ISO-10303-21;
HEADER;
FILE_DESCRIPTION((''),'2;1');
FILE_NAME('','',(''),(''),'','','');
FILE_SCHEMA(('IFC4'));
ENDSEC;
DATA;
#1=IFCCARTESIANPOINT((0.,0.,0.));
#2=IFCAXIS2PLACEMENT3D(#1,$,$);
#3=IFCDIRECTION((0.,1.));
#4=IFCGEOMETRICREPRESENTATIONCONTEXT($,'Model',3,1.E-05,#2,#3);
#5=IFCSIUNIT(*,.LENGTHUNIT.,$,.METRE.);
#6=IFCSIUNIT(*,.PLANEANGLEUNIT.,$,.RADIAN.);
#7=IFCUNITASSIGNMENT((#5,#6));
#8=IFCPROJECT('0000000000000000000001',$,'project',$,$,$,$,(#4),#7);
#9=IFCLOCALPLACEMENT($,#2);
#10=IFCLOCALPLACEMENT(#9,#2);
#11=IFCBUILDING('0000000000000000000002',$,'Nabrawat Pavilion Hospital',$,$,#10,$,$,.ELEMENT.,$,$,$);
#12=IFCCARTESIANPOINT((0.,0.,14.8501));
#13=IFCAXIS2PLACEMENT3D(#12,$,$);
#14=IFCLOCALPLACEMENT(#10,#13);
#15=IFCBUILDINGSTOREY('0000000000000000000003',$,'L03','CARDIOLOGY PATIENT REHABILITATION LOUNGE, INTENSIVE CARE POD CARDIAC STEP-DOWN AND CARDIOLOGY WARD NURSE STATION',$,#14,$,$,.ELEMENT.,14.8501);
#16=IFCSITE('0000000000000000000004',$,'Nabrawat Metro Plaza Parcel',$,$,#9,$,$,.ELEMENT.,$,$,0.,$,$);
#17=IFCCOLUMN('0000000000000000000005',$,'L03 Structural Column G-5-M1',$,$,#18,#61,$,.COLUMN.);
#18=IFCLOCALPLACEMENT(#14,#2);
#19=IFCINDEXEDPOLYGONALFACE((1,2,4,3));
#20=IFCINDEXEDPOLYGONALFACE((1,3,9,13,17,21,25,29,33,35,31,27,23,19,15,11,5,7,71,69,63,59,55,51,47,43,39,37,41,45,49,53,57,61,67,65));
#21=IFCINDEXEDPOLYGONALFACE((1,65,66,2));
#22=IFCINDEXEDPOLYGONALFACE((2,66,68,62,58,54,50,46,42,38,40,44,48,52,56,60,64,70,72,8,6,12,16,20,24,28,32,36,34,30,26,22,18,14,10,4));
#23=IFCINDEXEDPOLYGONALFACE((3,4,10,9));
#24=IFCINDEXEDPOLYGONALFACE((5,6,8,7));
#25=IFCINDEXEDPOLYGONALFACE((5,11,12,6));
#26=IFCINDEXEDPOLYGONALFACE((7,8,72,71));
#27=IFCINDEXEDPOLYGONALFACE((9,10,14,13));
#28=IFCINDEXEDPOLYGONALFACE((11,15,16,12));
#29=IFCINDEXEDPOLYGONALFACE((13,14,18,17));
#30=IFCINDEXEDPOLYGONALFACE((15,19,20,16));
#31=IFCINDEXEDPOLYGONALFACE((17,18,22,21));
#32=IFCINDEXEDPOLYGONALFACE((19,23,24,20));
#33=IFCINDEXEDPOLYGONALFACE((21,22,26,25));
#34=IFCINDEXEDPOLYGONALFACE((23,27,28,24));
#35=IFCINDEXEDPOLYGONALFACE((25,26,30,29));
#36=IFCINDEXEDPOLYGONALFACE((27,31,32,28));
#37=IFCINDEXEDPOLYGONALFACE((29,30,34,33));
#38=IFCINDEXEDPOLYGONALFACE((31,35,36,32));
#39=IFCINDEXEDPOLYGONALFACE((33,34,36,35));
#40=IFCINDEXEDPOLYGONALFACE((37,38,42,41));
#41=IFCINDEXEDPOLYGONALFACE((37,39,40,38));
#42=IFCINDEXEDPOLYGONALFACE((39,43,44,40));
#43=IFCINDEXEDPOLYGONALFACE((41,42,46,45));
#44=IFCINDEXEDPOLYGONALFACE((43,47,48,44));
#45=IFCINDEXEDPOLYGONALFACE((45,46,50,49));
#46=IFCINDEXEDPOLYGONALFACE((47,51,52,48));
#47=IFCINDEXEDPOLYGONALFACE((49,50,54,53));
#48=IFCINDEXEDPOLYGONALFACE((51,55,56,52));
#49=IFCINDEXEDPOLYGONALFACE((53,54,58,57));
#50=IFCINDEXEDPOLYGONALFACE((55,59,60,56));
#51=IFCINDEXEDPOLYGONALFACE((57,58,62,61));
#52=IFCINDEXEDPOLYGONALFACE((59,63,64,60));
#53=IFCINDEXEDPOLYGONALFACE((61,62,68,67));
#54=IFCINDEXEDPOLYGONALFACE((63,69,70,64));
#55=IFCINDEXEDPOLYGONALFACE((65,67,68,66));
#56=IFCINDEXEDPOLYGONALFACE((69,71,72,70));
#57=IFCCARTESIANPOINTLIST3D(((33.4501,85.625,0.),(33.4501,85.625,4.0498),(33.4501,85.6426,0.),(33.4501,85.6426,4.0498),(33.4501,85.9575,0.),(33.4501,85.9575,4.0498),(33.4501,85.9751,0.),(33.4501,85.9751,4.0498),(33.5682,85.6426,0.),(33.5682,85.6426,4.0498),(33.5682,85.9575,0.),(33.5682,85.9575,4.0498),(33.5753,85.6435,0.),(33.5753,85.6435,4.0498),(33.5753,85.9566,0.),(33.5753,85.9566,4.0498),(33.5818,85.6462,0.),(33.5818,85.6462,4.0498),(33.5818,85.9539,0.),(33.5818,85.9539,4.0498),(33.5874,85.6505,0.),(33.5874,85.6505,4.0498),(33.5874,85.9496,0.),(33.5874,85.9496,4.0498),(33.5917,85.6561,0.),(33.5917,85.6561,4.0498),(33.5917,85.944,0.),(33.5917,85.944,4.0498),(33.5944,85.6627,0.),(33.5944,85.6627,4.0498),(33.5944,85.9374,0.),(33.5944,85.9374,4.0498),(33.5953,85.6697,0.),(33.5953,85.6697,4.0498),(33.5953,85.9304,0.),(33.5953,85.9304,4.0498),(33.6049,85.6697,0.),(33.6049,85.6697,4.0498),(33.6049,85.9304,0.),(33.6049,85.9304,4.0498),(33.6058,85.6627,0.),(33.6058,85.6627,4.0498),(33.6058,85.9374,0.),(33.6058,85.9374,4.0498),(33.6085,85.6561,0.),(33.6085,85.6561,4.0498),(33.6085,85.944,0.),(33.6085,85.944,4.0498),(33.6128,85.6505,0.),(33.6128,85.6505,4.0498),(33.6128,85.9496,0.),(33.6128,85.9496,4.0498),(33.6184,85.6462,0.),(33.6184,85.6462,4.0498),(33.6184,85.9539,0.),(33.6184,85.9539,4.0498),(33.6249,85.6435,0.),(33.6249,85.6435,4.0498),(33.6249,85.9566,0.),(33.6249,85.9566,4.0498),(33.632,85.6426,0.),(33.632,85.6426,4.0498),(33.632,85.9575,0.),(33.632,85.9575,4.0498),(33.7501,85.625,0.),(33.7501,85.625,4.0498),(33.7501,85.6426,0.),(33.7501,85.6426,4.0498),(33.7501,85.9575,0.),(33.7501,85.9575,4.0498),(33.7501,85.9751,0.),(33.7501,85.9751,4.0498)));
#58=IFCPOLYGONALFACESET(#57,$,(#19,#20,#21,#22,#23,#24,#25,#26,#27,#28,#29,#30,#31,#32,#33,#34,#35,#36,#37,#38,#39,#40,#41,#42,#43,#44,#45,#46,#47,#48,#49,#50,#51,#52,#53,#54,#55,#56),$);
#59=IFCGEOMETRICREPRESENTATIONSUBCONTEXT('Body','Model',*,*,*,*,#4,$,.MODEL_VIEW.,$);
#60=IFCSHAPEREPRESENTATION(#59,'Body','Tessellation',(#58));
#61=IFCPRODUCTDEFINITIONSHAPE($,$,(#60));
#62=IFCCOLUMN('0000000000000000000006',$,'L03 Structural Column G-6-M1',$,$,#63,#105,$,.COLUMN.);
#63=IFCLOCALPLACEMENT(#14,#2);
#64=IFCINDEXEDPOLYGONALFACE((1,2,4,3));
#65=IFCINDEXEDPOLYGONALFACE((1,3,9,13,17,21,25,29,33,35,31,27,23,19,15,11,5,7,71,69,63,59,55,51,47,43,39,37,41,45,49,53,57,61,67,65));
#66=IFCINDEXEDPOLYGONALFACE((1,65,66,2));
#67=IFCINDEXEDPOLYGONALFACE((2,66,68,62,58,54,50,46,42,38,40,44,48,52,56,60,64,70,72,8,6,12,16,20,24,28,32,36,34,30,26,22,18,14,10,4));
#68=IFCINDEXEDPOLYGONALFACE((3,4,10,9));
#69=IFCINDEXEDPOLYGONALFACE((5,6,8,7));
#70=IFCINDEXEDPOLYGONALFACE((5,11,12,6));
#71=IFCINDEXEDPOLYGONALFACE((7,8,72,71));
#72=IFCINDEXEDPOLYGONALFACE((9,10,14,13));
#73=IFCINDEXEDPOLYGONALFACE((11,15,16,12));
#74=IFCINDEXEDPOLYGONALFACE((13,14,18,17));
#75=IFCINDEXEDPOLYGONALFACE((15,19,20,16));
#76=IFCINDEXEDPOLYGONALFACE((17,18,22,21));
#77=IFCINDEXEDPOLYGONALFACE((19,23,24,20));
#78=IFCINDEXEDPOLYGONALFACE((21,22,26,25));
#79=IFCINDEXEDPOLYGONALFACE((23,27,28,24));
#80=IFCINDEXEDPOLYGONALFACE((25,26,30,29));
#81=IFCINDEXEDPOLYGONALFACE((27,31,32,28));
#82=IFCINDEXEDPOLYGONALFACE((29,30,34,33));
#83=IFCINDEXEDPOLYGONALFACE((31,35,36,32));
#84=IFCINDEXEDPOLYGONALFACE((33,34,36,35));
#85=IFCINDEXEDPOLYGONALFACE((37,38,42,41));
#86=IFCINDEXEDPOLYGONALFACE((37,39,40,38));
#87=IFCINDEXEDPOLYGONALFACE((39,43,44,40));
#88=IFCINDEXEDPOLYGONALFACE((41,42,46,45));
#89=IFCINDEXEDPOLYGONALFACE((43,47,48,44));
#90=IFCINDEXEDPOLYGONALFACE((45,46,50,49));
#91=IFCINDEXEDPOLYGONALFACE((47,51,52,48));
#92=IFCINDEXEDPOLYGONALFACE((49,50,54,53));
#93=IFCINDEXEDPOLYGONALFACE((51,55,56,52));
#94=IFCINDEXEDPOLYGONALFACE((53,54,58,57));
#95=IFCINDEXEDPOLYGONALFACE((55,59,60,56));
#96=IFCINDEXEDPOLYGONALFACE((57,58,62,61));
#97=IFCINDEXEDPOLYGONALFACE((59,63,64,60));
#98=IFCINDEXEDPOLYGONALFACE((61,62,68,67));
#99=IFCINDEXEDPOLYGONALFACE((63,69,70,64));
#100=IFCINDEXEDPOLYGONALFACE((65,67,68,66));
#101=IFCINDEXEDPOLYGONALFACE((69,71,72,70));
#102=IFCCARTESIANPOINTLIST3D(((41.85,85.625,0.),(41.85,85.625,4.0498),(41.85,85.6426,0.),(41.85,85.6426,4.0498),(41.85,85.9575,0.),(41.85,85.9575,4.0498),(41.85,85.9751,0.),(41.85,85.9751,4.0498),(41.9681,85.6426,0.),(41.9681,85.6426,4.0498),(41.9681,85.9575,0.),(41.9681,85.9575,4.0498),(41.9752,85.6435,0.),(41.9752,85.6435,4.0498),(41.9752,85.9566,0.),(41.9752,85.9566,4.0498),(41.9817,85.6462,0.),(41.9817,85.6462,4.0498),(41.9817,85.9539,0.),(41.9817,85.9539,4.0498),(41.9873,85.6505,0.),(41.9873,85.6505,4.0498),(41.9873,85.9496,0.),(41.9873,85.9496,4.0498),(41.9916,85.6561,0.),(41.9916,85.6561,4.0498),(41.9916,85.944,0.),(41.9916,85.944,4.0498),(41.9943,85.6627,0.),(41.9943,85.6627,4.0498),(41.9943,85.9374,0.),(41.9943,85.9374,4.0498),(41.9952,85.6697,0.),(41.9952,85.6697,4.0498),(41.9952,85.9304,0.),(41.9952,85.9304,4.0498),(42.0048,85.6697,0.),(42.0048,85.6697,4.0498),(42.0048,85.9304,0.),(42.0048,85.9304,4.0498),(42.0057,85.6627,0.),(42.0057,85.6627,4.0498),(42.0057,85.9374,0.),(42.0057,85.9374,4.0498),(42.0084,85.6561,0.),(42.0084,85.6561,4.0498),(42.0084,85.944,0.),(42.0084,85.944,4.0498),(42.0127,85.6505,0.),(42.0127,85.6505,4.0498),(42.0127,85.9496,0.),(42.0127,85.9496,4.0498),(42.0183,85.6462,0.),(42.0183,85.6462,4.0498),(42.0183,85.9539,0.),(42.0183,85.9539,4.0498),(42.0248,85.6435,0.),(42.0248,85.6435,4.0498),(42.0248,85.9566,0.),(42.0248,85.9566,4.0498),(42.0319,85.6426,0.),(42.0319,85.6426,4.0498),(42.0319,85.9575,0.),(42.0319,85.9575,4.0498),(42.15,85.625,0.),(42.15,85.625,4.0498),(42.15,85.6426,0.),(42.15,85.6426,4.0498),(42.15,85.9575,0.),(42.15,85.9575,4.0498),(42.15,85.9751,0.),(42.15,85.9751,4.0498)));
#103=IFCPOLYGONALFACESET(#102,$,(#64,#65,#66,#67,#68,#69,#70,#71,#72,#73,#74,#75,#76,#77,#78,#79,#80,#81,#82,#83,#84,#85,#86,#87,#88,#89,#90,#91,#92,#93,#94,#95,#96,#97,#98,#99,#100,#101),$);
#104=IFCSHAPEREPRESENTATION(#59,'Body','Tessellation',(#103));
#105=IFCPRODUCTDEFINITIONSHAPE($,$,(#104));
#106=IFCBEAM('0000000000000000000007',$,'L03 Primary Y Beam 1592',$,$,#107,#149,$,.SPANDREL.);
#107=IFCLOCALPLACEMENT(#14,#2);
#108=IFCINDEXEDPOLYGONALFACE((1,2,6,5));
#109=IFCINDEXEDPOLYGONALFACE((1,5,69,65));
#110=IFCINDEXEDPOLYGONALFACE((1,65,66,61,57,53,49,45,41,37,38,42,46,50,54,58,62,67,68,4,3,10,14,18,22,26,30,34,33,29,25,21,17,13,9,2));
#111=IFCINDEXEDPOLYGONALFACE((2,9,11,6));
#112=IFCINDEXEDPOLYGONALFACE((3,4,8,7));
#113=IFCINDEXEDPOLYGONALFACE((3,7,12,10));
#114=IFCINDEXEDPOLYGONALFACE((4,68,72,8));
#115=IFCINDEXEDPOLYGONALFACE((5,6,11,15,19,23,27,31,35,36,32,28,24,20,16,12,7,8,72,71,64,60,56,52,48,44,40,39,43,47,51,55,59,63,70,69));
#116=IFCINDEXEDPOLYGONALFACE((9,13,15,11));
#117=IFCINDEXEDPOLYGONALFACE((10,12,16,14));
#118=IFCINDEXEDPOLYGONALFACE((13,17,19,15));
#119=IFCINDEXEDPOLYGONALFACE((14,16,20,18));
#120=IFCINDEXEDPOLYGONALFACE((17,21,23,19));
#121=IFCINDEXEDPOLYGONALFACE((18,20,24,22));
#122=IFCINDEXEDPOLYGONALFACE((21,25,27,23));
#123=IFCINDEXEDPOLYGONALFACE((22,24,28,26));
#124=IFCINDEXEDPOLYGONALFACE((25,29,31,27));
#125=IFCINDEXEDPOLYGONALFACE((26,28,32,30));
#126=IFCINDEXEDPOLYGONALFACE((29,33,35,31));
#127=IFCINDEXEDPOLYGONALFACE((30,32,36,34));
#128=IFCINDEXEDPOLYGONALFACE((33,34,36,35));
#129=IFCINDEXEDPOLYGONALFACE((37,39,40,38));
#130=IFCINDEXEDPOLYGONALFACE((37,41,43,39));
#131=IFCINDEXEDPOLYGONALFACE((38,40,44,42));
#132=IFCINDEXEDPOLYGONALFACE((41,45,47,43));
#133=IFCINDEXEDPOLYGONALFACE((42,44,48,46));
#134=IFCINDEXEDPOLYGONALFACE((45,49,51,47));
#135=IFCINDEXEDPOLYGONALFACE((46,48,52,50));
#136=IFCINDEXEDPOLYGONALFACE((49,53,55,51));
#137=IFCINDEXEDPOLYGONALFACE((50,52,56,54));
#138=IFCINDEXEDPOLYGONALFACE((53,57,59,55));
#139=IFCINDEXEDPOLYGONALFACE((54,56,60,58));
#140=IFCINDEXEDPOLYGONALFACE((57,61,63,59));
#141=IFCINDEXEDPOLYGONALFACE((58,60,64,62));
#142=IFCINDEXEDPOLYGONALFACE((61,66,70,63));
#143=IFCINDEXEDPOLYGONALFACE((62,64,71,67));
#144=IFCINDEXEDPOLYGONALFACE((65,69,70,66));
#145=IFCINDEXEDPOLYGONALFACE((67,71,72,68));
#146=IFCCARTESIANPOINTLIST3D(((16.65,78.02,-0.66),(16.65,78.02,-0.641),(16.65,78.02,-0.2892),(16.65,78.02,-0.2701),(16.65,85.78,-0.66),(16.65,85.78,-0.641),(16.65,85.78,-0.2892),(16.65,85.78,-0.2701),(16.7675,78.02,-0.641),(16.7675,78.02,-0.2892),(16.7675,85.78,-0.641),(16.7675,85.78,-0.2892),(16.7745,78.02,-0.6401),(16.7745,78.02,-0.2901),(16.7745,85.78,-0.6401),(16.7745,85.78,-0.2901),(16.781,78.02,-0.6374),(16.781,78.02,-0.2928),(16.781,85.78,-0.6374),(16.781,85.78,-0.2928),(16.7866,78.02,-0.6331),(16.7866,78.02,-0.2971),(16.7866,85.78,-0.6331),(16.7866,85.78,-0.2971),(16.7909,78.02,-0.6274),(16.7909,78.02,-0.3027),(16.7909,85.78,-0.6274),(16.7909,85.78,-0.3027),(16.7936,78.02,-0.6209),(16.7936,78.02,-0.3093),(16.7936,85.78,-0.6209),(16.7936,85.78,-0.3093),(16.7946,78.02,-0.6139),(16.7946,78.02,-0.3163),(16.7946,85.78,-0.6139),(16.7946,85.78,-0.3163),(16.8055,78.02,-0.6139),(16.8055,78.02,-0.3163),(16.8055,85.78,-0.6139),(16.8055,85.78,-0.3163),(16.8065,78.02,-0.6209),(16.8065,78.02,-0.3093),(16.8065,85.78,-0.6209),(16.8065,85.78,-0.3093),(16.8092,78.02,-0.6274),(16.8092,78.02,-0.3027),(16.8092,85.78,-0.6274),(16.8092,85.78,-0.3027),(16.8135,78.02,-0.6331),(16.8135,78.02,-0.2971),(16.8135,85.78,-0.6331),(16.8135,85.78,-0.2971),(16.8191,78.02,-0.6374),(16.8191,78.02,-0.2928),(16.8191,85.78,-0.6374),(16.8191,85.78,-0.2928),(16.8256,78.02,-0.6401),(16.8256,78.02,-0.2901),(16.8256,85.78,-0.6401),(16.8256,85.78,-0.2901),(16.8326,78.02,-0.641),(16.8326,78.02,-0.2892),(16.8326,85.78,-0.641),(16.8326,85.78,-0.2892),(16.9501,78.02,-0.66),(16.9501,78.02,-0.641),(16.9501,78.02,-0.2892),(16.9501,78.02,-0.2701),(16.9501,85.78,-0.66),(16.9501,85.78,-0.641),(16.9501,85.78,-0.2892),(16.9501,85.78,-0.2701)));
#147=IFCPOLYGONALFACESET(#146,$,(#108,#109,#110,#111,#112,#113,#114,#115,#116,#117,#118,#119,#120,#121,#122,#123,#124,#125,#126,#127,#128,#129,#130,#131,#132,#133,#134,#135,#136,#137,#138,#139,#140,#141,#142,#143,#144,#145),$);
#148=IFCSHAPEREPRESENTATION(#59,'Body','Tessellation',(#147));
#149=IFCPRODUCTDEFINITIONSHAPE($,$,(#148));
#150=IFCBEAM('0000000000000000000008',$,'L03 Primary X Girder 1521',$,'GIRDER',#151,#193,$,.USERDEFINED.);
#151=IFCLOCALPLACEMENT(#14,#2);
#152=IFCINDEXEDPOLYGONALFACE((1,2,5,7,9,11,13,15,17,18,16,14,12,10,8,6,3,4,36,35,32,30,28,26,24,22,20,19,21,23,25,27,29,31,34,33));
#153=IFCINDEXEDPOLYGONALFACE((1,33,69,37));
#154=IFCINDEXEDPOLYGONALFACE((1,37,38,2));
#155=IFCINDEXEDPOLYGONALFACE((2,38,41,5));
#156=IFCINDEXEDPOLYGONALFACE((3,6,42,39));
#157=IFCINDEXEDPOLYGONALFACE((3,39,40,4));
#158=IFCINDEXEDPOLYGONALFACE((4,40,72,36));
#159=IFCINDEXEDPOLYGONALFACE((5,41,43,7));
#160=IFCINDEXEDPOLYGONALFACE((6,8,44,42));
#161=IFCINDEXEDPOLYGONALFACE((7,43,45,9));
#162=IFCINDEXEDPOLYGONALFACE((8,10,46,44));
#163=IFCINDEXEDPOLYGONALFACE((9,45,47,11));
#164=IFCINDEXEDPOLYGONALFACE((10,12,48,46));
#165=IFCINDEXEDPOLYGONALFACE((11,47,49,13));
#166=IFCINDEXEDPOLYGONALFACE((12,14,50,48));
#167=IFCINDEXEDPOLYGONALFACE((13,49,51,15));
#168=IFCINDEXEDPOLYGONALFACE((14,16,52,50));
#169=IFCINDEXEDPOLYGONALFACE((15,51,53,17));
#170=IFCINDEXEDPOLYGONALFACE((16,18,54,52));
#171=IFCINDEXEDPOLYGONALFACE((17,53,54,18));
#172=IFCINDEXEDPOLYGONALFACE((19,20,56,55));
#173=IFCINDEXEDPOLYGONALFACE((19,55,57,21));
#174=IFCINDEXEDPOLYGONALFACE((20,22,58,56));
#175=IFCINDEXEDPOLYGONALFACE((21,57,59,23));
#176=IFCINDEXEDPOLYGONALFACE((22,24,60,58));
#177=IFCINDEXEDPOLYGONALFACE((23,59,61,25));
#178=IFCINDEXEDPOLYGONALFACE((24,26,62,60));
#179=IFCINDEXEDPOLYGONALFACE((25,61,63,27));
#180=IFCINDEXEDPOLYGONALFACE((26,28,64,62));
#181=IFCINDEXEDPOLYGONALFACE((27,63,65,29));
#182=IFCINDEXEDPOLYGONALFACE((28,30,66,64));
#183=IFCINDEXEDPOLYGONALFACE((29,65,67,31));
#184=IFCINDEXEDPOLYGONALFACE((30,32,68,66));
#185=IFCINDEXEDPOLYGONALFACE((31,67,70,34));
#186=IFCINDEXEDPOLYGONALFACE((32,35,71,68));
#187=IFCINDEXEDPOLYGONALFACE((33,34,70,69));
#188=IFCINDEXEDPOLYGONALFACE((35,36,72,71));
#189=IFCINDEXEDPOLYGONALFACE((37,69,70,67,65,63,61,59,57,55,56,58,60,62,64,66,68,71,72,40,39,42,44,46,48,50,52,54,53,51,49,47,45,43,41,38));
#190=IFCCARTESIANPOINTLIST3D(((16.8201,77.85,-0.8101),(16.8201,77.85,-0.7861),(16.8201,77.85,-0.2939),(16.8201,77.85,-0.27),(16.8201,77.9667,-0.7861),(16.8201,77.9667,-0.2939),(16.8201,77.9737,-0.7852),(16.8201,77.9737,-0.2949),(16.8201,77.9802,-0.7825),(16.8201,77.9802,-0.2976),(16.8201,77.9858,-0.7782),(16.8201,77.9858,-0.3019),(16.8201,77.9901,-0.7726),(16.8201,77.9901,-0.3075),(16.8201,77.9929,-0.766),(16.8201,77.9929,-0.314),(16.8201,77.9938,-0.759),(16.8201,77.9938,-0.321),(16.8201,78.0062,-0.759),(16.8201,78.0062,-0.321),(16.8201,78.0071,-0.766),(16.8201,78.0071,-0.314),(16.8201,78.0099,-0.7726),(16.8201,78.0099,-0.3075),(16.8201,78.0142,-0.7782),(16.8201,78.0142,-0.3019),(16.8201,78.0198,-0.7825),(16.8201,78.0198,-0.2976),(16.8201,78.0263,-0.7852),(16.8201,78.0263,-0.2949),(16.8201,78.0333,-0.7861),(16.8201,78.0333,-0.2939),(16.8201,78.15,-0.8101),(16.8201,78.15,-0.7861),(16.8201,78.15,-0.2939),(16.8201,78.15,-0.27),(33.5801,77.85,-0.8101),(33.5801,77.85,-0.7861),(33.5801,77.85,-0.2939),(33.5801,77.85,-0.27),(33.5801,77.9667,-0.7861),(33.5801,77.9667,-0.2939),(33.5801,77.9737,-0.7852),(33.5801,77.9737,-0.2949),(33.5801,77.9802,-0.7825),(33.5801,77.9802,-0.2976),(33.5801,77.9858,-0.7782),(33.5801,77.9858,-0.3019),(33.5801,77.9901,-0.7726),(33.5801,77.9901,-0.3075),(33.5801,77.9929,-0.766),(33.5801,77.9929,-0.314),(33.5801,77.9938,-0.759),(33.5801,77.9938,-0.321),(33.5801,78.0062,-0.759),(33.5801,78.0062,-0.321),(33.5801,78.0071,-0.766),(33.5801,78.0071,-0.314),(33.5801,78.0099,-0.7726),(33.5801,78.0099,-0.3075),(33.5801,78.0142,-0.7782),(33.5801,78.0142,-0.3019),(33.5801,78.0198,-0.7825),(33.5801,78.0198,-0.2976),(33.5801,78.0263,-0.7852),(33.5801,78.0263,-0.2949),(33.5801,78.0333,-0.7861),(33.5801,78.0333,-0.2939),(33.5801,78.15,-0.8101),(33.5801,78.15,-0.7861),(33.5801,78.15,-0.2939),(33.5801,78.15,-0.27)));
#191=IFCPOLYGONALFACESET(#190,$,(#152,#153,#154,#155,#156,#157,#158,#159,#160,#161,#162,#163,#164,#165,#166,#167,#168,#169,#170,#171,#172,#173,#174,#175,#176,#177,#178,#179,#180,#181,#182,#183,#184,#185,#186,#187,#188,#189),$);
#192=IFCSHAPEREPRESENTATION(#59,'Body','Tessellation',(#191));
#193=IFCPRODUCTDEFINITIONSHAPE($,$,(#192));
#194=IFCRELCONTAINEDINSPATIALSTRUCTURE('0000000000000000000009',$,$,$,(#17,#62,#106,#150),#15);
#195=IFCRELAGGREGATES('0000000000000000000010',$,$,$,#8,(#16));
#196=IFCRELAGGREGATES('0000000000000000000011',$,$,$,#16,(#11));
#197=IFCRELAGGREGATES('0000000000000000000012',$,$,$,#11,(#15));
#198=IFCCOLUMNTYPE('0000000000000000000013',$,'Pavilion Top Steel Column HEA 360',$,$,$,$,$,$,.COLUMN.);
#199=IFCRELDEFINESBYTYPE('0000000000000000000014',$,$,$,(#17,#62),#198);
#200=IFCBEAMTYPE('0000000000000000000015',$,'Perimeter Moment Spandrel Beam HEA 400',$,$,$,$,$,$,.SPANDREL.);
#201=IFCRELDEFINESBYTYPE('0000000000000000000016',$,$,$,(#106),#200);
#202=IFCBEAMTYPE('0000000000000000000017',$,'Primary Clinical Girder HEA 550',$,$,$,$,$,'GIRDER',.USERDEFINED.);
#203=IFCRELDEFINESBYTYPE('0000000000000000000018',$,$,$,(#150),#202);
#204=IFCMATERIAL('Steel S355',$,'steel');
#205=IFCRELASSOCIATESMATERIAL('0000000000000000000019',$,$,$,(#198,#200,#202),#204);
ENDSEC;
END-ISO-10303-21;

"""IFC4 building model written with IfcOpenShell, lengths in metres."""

from ifc_helpers import new_model, si_unit, direction, frame, origin, origin_2d, place, context, subcontext, project, spatial, i_section, extrude, material, material_profile, profile_set, type_object, element, save


model = new_model("IFC4")

# Units and contexts
model_context = context("Model", 3, precision=1e-05, world=origin(), true_north=direction((0.0, 1.0)))
body_context = subcontext(model_context, "Body", "Model", "MODEL_VIEW")
ifc_project = project(units=[si_unit("LENGTHUNIT", "METRE"), si_unit("PLANEANGLEUNIT", "RADIAN")], contexts=[model_context])

# Site, building, storey
site_placement = place(None, origin())
site = spatial("IfcSite", under=ifc_project, at=site_placement, Name="Nabrawat Metro Plaza Parcel", CompositionType="ELEMENT", RefElevation=0.0)
building_placement = place(site_placement, origin())
building = spatial("IfcBuilding", under=site, at=building_placement, Name="Nabrawat Pavilion Hospital", CompositionType="ELEMENT")
storey_placement = place(building_placement, frame((0.0, 0.0, 14.8501)))
storey = spatial("IfcBuildingStorey", under=building, at=storey_placement, Name="L03", Description="CARDIOLOGY PATIENT REHABILITATION LOUNGE, INTENSIVE CARE POD CARDIAC STEP-DOWN AND CARDIOLOGY WARD NURSE STATION", CompositionType="ELEMENT", Elevation=14.8501)

# Columns
ifc_material_1 = material(Name="Steel S355", Category="steel")
ifc_material_profile_1 = material_profile(ifc_material_1, i_section(OverallWidth=0.3, OverallDepth=0.3501, WebThickness=0.0095, FlangeThickness=0.0176, FilletRadius=0.0271, at=origin_2d()), Name="HEA 360")
ifc_profile_set_1 = profile_set([ifc_material_profile_1], Name="Steel S355")
column_type = type_object("IfcColumnType", Name="Pavilion Top Steel Column HEA 360", PredefinedType="COLUMN", material=ifc_profile_set_1)
for number, where, z_axis, x_axis, name in (
    (1, (33.6001, 85.8, 0.0), (0.0, 0.0, 1.0), (1.0, 0.0, 0.0), "L03 Structural Column G-5-M1"),
    (2, (42.0, 85.8, 0.0), (0.0, 0.0, 1.0), (1.0, 0.0, 0.0), "L03 Structural Column G-6-M1"),
):
    element("IfcColumn", number, at=place(storey_placement, frame(where, z_axis=z_axis, x_axis=x_axis)), inside=storey, type_object=column_type, Name=name, PredefinedType="COLUMN", context=body_context, shape_type="SweptSolid", body=[
        extrude(i_section(OverallWidth=0.3, OverallDepth=0.3501, WebThickness=0.0095, FlangeThickness=0.0176, FilletRadius=0.0271, at=origin_2d()), origin(), (0.0, 0.0, 1.0), 4.0498),
    ])

# Beams
ifc_material_profile_2 = material_profile(ifc_material_1, i_section(OverallWidth=0.3, OverallDepth=0.3899, WebThickness=0.011, FlangeThickness=0.019, FilletRadius=0.0271, at=origin_2d()), Name="HEA 400")
ifc_profile_set_2 = profile_set([ifc_material_profile_2], Name="Steel S355")
beam_type_1 = type_object("IfcBeamType", Name="Perimeter Moment Spandrel Beam HEA 400", PredefinedType="SPANDREL", material=ifc_profile_set_2)
beam_1_placement = place(storey_placement, frame((16.8, 78.02, -0.4651), z_axis=(0.0, 1.0, 0.0), x_axis=(-1.0, 0.0, 0.0)))
element("IfcBeam", 3, at=beam_1_placement, inside=storey, type_object=beam_type_1, Name="L03 Primary Y Beam 1592", PredefinedType="SPANDREL", context=body_context, shape_type="SweptSolid", body=[
    extrude(i_section(OverallWidth=0.3, OverallDepth=0.3899, WebThickness=0.011, FlangeThickness=0.019, FilletRadius=0.0271, at=origin_2d()), origin(), (0.0, 0.0, 1.0), 7.76),
])
ifc_material_profile_3 = material_profile(ifc_material_1, i_section(OverallWidth=0.3, OverallDepth=0.54, WebThickness=0.0125, FlangeThickness=0.0239, FilletRadius=0.0271, at=origin_2d()), Name="HEA 550")
ifc_profile_set_3 = profile_set([ifc_material_profile_3], Name="Steel S355")
beam_type_2 = type_object("IfcBeamType", Name="Primary Clinical Girder HEA 550", ElementType="GIRDER", PredefinedType="USERDEFINED", material=ifc_profile_set_3)
beam_2_placement = place(storey_placement, frame((16.8201, 78.0, -0.54), z_axis=(1.0, 0.0, 0.0), x_axis=(0.0, 1.0, 0.0)))
element("IfcBeam", 4, at=beam_2_placement, inside=storey, type_object=beam_type_2, Name="L03 Primary X Girder 1521", ObjectType="GIRDER", PredefinedType="USERDEFINED", context=body_context, shape_type="SweptSolid", body=[
    extrude(i_section(OverallWidth=0.3, OverallDepth=0.54, WebThickness=0.0125, FlangeThickness=0.0239, FilletRadius=0.0271, at=origin_2d()), origin(), (0.0, 0.0, 1.0), 16.76),
])

save(model, "model.ifc")
